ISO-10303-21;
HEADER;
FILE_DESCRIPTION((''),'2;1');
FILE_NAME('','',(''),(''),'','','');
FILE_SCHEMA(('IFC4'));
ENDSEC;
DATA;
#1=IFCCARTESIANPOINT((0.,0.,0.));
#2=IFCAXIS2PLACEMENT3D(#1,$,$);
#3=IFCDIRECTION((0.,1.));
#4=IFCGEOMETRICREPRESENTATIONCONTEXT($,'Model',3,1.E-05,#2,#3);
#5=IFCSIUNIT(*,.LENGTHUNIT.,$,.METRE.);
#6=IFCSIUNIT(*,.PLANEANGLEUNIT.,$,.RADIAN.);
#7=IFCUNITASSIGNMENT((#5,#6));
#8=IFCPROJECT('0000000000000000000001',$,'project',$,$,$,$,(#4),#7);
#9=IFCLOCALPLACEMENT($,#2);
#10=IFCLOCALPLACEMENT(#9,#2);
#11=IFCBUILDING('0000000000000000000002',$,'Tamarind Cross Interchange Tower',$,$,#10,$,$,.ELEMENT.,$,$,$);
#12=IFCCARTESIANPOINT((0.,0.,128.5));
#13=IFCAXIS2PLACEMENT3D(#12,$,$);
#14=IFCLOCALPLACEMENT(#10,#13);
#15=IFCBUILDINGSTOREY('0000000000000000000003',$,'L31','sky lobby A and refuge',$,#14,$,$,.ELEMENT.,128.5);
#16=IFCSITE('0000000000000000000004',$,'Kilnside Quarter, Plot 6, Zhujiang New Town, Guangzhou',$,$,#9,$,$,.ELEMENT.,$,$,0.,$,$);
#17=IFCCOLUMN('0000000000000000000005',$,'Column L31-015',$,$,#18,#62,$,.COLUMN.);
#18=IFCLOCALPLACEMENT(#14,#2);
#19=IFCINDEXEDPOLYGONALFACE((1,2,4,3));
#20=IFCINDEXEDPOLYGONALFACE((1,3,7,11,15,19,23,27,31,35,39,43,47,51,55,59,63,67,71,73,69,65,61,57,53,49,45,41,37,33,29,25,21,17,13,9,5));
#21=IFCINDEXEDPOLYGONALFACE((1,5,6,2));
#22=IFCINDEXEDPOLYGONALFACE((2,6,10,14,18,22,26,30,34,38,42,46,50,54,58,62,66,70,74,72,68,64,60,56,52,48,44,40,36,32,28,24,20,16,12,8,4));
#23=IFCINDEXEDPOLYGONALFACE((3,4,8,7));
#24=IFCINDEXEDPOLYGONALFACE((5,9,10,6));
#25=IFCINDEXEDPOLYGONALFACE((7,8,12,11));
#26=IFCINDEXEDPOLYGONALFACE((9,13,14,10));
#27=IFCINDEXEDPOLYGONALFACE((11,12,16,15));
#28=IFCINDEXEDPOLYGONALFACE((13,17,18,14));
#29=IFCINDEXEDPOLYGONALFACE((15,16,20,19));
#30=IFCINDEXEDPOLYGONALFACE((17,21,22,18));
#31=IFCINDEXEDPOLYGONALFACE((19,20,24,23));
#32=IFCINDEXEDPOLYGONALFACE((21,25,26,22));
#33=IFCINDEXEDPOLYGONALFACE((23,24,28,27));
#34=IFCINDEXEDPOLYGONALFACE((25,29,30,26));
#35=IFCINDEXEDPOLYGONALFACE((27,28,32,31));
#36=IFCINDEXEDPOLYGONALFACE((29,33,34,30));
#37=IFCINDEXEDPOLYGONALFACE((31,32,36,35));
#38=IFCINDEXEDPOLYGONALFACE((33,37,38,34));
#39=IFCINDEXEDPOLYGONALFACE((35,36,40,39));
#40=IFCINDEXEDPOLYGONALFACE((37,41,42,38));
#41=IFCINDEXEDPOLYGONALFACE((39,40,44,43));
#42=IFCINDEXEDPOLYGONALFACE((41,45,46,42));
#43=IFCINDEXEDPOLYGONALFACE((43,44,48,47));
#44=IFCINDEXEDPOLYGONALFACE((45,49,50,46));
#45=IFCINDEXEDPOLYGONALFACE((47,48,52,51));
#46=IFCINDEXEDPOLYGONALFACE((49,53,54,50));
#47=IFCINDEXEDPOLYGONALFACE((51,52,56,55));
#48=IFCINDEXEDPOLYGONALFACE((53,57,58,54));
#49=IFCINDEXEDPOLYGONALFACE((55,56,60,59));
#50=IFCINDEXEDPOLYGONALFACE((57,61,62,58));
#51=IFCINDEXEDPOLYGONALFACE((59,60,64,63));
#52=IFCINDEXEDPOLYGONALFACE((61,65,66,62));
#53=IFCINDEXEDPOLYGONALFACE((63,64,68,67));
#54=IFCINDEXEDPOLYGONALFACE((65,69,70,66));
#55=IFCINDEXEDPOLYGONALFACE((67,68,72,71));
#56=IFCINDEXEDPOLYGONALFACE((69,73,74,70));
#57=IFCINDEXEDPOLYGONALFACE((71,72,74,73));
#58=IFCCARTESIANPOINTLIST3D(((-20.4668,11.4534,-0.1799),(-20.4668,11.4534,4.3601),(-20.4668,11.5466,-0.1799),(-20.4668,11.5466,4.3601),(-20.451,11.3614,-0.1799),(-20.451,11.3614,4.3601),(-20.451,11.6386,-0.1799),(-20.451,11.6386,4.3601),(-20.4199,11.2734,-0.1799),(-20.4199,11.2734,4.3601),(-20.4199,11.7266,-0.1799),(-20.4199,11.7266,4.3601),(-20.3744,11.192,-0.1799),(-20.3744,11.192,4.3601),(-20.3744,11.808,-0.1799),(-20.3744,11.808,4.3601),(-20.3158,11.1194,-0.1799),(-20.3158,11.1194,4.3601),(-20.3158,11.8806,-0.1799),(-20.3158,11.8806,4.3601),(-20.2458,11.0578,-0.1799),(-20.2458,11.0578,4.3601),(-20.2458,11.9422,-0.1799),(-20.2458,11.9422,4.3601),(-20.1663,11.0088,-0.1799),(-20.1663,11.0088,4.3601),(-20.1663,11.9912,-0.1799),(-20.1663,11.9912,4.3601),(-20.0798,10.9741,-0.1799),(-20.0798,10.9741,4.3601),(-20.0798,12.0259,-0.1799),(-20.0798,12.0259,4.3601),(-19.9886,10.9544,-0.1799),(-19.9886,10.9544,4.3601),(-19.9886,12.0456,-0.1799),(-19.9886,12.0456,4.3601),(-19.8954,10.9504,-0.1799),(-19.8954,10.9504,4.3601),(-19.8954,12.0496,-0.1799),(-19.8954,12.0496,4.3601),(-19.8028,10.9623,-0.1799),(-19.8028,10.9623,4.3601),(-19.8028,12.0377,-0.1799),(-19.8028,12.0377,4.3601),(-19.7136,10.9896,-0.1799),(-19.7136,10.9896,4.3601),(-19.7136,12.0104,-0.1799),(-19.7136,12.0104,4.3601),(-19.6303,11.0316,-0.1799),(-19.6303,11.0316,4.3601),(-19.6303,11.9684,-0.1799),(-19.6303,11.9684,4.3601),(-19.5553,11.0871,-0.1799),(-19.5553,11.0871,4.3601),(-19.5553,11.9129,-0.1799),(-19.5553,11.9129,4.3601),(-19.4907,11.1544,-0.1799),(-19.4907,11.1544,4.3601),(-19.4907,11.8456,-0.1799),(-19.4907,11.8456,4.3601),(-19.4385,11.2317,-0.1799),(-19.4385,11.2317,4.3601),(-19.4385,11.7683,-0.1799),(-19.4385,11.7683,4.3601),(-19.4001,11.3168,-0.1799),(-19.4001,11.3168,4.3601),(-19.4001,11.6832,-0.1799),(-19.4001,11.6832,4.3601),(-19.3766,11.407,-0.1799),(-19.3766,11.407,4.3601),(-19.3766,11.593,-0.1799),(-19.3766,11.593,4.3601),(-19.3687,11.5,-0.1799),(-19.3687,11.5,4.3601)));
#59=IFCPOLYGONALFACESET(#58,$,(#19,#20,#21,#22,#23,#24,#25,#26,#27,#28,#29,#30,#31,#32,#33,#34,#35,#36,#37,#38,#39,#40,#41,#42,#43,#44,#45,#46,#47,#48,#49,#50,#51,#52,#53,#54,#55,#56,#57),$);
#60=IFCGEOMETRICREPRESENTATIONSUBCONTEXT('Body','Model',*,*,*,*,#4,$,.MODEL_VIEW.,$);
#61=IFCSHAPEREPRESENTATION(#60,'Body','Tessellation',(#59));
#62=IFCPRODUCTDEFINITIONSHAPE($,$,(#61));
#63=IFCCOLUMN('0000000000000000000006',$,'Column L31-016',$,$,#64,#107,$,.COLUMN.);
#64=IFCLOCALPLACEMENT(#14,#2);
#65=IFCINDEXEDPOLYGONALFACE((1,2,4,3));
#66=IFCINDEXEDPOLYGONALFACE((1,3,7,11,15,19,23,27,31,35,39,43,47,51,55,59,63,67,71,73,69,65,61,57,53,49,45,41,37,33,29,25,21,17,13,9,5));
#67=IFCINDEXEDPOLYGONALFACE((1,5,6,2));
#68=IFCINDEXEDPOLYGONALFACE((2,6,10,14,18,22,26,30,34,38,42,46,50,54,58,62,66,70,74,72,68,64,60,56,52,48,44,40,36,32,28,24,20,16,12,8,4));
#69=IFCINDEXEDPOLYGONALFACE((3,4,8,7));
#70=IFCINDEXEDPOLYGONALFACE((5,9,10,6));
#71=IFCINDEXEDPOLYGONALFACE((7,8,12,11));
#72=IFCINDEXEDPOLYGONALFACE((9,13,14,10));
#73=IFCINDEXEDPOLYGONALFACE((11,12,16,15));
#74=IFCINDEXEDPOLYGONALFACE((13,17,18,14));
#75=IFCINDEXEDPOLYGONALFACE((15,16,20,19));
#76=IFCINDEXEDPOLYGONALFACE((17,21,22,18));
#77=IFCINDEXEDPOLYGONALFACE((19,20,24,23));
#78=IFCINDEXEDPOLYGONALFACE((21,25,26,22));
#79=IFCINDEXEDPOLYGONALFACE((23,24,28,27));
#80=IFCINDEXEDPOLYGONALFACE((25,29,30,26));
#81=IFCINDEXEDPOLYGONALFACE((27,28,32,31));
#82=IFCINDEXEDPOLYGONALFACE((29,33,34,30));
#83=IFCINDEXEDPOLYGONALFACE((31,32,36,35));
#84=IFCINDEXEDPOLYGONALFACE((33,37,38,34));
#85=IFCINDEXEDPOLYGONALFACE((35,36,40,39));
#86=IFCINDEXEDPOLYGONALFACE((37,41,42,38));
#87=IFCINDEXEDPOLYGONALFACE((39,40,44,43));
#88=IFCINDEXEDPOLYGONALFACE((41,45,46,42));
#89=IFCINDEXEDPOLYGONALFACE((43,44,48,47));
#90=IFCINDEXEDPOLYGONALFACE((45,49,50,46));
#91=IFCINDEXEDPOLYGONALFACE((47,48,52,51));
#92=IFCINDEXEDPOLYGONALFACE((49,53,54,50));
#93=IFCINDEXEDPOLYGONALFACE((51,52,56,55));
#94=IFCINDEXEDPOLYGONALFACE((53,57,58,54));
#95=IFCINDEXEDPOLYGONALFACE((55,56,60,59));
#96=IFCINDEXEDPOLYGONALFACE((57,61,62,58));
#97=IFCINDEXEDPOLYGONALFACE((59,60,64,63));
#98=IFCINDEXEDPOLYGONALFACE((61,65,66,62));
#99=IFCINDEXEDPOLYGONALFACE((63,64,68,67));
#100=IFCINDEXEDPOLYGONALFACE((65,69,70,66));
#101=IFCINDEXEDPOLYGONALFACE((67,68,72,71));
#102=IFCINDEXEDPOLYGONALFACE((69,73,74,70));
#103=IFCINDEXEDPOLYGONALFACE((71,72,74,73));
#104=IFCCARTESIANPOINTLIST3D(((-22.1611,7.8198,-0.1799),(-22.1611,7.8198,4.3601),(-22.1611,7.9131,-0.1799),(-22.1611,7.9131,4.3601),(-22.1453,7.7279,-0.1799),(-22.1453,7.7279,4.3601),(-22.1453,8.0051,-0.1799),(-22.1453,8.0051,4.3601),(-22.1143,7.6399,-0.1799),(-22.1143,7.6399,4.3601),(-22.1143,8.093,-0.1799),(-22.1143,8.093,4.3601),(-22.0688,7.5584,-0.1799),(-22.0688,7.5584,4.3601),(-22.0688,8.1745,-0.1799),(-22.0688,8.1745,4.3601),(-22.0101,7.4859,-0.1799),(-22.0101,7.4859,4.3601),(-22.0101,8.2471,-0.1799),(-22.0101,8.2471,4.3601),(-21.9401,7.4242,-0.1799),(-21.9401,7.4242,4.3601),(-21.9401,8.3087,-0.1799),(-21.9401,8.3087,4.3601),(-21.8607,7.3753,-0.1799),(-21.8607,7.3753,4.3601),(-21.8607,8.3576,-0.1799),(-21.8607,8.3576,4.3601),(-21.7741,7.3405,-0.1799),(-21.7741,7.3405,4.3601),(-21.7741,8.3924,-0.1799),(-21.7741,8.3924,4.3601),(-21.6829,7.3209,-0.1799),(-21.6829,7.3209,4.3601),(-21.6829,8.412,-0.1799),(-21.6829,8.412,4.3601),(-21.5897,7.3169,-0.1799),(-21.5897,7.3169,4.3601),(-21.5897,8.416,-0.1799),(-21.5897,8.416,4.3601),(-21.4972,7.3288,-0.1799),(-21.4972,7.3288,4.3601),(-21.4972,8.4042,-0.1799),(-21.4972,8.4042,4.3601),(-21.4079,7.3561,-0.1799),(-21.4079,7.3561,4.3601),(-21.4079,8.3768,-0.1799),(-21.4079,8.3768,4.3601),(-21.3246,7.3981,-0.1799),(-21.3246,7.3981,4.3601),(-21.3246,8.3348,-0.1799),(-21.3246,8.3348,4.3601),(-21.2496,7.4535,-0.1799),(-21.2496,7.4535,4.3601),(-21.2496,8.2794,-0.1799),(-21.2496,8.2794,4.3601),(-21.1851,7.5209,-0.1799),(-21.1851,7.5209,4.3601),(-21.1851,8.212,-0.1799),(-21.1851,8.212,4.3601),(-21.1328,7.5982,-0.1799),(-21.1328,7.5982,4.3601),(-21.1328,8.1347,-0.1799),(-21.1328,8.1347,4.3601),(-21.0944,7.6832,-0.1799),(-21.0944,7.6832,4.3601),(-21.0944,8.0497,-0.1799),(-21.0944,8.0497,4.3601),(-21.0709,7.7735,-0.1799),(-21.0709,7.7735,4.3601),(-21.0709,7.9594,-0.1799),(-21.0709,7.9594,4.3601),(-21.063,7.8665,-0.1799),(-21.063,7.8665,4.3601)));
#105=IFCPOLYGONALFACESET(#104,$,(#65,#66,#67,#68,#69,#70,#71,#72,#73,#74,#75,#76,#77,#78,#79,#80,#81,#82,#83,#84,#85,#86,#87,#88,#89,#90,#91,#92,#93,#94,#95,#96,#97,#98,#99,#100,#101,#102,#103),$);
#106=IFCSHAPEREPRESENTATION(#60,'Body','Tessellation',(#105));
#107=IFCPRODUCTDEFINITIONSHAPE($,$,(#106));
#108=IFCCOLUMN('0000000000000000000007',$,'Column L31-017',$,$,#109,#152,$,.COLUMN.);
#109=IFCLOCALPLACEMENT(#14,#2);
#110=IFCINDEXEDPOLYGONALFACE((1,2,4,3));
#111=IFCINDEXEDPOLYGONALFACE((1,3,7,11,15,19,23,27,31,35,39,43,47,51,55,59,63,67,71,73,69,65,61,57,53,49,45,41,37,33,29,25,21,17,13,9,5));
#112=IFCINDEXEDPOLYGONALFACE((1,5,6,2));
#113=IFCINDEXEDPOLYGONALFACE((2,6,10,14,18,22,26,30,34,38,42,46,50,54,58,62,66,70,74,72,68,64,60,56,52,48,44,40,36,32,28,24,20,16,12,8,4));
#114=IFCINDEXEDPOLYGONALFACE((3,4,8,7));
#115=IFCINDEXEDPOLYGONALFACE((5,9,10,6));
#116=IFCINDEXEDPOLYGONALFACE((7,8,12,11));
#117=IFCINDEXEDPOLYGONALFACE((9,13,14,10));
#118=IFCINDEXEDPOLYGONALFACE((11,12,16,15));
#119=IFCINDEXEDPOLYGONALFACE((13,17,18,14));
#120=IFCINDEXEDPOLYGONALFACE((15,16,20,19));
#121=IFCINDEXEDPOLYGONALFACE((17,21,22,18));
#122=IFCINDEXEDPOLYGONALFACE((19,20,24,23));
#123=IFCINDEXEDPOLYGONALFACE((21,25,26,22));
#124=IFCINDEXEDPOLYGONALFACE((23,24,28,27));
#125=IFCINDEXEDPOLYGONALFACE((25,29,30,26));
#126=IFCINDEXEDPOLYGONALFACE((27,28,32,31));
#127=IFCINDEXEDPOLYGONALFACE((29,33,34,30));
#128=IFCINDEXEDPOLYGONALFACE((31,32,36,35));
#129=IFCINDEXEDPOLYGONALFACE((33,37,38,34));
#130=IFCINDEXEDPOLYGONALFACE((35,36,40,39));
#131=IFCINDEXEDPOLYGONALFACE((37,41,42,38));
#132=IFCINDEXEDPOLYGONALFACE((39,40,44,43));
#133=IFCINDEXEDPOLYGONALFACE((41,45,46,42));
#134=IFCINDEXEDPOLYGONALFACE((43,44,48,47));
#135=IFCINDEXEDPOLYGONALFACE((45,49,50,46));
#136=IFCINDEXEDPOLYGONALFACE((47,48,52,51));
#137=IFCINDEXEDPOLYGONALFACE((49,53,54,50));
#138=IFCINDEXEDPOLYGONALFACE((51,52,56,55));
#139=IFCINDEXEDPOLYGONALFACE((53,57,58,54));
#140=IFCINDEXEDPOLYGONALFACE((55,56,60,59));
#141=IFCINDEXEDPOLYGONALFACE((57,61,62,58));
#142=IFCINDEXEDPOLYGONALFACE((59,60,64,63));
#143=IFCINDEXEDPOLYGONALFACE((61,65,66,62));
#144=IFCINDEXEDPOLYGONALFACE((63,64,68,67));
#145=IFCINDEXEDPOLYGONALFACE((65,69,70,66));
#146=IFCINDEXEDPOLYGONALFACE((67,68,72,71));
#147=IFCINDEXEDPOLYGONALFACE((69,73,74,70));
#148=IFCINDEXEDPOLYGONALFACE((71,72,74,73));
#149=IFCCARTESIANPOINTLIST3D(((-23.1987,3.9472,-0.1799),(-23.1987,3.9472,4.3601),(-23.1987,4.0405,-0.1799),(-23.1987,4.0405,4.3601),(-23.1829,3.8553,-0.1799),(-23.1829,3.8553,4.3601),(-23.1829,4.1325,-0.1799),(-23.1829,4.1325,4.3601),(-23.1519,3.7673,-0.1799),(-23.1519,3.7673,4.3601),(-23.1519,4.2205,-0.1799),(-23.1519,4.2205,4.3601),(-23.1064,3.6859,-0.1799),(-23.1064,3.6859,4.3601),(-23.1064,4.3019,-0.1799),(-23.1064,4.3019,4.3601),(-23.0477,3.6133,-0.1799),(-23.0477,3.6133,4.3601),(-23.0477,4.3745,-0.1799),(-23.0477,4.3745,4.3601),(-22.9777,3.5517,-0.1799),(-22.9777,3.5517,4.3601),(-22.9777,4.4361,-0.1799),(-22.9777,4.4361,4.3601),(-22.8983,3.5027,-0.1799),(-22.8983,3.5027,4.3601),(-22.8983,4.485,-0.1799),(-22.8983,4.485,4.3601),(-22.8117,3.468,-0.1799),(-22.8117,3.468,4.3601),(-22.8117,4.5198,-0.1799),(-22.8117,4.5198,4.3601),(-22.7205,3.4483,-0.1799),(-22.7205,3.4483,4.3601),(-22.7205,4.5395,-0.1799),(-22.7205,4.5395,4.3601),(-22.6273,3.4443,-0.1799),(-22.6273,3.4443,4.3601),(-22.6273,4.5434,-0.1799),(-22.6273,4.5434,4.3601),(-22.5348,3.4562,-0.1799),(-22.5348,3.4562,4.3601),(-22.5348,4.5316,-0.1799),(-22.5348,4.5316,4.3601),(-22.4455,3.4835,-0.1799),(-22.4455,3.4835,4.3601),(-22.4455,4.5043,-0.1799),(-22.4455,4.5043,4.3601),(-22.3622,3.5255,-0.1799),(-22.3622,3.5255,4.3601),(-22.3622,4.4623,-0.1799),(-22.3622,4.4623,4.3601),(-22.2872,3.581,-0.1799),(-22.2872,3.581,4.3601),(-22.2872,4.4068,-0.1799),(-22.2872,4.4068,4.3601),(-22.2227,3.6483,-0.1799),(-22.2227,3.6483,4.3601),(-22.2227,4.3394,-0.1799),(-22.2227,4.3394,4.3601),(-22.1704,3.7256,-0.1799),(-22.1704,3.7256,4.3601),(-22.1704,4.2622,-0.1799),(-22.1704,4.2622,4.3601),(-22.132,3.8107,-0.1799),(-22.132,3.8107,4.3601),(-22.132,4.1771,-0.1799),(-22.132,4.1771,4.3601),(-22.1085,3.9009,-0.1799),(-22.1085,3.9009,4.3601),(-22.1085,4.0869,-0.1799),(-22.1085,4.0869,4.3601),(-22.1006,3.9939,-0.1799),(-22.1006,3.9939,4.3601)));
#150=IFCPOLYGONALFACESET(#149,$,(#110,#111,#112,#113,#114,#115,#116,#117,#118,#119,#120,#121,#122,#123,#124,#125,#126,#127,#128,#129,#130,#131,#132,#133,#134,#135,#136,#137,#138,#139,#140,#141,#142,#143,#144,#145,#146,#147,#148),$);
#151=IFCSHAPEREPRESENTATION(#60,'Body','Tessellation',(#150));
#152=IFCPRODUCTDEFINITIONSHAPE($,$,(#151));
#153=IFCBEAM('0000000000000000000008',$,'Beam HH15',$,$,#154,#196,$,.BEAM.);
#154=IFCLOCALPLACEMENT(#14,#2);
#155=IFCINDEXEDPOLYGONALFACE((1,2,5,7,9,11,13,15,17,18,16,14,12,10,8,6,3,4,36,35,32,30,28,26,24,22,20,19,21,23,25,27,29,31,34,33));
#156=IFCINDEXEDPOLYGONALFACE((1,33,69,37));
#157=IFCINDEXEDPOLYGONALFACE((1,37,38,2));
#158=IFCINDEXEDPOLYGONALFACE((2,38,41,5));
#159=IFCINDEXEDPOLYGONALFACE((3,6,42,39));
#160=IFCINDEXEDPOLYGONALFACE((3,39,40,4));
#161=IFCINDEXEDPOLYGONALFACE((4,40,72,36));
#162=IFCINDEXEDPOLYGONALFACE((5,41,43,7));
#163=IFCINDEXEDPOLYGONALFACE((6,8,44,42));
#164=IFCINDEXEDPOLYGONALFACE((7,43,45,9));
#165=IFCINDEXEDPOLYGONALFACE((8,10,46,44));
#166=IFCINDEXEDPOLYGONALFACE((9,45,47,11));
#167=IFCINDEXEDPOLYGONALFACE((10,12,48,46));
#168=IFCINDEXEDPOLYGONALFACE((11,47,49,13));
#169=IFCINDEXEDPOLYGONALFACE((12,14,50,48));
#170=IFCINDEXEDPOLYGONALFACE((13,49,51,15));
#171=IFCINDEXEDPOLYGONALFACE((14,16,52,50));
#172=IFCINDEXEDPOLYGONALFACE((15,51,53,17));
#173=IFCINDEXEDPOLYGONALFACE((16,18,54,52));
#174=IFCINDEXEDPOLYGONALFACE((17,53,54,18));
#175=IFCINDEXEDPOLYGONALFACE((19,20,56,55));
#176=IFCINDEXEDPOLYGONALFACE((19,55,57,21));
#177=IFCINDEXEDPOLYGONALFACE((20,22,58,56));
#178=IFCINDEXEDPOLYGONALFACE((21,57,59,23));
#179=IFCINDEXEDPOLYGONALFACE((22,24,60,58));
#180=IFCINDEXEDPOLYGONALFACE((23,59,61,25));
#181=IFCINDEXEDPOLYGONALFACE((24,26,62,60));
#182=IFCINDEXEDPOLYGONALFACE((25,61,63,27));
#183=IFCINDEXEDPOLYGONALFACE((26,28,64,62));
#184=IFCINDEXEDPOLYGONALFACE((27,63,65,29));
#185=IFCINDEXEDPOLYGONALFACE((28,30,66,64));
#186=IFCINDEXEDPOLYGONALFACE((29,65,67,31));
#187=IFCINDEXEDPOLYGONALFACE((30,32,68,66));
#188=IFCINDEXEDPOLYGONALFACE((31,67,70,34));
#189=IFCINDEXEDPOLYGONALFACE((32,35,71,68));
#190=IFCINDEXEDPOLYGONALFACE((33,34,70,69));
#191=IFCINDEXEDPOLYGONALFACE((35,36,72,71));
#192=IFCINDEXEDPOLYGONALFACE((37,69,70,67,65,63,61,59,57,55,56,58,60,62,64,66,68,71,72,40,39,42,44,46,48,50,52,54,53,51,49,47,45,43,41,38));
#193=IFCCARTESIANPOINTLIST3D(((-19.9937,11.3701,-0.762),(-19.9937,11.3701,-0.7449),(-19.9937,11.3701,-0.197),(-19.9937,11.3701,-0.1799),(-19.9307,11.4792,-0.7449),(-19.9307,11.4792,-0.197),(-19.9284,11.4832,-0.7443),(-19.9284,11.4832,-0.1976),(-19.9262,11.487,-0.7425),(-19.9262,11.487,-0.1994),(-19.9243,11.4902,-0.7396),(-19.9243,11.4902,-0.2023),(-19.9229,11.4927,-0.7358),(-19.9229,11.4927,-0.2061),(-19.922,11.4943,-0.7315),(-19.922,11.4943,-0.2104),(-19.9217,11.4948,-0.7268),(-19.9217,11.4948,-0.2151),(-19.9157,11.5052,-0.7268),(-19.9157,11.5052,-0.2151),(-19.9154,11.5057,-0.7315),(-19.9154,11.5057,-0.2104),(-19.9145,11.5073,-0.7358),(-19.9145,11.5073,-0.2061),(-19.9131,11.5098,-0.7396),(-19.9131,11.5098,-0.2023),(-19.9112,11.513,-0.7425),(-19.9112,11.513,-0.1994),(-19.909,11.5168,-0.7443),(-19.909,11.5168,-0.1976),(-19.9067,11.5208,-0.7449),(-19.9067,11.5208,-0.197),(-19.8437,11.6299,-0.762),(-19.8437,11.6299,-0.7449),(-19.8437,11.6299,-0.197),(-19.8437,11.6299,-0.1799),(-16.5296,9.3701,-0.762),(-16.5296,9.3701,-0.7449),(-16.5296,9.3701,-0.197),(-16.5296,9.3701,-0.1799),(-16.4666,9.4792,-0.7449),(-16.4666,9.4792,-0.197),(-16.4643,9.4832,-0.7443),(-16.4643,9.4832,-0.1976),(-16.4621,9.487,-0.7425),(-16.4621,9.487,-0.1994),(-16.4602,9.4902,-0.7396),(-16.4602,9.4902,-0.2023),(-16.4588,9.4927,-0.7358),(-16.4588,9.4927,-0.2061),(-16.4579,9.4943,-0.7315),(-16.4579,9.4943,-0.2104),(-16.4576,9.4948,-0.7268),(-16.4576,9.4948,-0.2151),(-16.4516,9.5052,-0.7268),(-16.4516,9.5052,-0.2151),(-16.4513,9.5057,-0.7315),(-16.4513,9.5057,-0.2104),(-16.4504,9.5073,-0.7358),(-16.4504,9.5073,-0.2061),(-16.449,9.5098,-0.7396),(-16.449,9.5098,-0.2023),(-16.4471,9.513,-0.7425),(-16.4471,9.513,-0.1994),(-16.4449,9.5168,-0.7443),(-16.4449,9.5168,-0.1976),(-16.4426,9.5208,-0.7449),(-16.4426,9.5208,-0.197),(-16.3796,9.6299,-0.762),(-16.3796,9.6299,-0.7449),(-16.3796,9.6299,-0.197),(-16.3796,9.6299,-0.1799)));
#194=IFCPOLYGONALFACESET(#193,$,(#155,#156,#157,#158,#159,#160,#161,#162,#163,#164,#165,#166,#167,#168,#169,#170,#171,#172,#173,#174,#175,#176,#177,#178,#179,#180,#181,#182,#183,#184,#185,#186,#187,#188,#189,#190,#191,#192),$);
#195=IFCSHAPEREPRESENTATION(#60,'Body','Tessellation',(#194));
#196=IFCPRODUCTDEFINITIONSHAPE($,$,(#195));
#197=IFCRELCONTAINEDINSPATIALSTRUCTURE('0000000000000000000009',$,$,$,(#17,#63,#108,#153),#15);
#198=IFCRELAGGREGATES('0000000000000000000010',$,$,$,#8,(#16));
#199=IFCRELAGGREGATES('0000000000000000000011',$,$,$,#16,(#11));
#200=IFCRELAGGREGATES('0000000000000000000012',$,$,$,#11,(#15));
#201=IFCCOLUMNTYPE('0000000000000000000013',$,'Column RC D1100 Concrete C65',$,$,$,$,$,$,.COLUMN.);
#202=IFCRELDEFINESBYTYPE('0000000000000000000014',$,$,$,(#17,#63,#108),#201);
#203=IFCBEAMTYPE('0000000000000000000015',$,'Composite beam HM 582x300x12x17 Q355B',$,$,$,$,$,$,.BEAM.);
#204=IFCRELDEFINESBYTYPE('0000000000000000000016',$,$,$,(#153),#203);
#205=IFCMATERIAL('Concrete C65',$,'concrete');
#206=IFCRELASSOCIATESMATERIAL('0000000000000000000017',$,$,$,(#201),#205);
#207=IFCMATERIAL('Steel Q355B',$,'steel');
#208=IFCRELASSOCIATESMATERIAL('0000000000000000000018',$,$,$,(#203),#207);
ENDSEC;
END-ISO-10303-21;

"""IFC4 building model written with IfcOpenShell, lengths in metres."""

from ifc_helpers import new_model, si_unit, direction, frame, origin, origin_2d, place, context, subcontext, project, spatial, circle, i_section, extrude, material, material_profile, profile_set, type_object, element, save


model = new_model("IFC4")

# Units and contexts
model_context = context("Model", 3, precision=1e-05, world=origin(), true_north=direction((0.0, 1.0)))
body_context = subcontext(model_context, "Body", "Model", "MODEL_VIEW")
ifc_project = project(units=[si_unit("LENGTHUNIT", "METRE"), si_unit("PLANEANGLEUNIT", "RADIAN")], contexts=[model_context])

# Site, building, storey
site_placement = place(None, origin())
site = spatial("IfcSite", under=ifc_project, at=site_placement, Name="Kilnside Quarter, Plot 6, Zhujiang New Town, Guangzhou", CompositionType="ELEMENT", RefElevation=0.0)
building_placement = place(site_placement, origin())
building = spatial("IfcBuilding", under=site, at=building_placement, Name="Tamarind Cross Interchange Tower", CompositionType="ELEMENT")
storey_placement = place(building_placement, frame((0.0, 0.0, 128.5)))
storey = spatial("IfcBuildingStorey", under=building, at=storey_placement, Name="L31", Description="sky lobby A and refuge", CompositionType="ELEMENT", Elevation=128.5)

# Columns
ifc_material_1 = material(Name="Concrete C65", Category="concrete")
ifc_material_profile_1 = material_profile(ifc_material_1, circle(Radius=0.55, at=origin_2d()), Name="RC D1100")
ifc_profile_set_1 = profile_set([ifc_material_profile_1], Name="Concrete C65")
column_type = type_object("IfcColumnType", Name="Column RC D1100 Concrete C65", PredefinedType="COLUMN", material=ifc_profile_set_1)
for number, where, z_axis, x_axis, name in (
    (1, (-19.9187, 11.5, -0.1799), (0.0, 0.0, 1.0), (1.0, 0.0, 0.0), "Column L31-015"),
    (2, (-21.613, 7.8665, -0.1799), (0.0, 0.0, 1.0), (1.0, 0.0, 0.0), "Column L31-016"),
    (3, (-22.6506, 3.9939, -0.1799), (0.0, 0.0, 1.0), (1.0, 0.0, 0.0), "Column L31-017"),
):
    element("IfcColumn", number, at=place(storey_placement, frame(where, z_axis=z_axis, x_axis=x_axis)), inside=storey, type_object=column_type, Name=name, PredefinedType="COLUMN", context=body_context, shape_type="SweptSolid", body=[
        extrude(circle(Radius=0.55, at=origin_2d()), origin(), (0.0, 0.0, 1.0), 4.54),
    ])

# Beam
ifc_material_2 = material(Name="Steel Q355B", Category="steel")
ifc_material_profile_2 = material_profile(ifc_material_2, i_section(OverallWidth=0.3, OverallDepth=0.582, WebThickness=0.012, FlangeThickness=0.0171, FilletRadius=0.0181, at=origin_2d()), Name="HM 582x300x12x17")
ifc_profile_set_2 = profile_set([ifc_material_profile_2], Name="Steel Q355B")
beam_type_1 = type_object("IfcBeamType", Name="Composite beam HM 582x300x12x17 Q355B", PredefinedType="BEAM", material=ifc_profile_set_2)
beam_1_placement = place(storey_placement, frame((-19.9187, 11.5, -0.4709), z_axis=(0.866026, -0.499999, 0.0), x_axis=(0.499999, 0.866026, 0.0)))
element("IfcBeam", 4, at=beam_1_placement, inside=storey, type_object=beam_type_1, Name="Beam HH15", PredefinedType="BEAM", context=body_context, shape_type="SweptSolid", body=[
    extrude(i_section(OverallWidth=0.3, OverallDepth=0.582, WebThickness=0.012, FlangeThickness=0.0171, FilletRadius=0.0181, at=origin_2d()), origin(), (0.0, 0.0, 1.0), 4.0),
])

save(model, "model.ifc")
